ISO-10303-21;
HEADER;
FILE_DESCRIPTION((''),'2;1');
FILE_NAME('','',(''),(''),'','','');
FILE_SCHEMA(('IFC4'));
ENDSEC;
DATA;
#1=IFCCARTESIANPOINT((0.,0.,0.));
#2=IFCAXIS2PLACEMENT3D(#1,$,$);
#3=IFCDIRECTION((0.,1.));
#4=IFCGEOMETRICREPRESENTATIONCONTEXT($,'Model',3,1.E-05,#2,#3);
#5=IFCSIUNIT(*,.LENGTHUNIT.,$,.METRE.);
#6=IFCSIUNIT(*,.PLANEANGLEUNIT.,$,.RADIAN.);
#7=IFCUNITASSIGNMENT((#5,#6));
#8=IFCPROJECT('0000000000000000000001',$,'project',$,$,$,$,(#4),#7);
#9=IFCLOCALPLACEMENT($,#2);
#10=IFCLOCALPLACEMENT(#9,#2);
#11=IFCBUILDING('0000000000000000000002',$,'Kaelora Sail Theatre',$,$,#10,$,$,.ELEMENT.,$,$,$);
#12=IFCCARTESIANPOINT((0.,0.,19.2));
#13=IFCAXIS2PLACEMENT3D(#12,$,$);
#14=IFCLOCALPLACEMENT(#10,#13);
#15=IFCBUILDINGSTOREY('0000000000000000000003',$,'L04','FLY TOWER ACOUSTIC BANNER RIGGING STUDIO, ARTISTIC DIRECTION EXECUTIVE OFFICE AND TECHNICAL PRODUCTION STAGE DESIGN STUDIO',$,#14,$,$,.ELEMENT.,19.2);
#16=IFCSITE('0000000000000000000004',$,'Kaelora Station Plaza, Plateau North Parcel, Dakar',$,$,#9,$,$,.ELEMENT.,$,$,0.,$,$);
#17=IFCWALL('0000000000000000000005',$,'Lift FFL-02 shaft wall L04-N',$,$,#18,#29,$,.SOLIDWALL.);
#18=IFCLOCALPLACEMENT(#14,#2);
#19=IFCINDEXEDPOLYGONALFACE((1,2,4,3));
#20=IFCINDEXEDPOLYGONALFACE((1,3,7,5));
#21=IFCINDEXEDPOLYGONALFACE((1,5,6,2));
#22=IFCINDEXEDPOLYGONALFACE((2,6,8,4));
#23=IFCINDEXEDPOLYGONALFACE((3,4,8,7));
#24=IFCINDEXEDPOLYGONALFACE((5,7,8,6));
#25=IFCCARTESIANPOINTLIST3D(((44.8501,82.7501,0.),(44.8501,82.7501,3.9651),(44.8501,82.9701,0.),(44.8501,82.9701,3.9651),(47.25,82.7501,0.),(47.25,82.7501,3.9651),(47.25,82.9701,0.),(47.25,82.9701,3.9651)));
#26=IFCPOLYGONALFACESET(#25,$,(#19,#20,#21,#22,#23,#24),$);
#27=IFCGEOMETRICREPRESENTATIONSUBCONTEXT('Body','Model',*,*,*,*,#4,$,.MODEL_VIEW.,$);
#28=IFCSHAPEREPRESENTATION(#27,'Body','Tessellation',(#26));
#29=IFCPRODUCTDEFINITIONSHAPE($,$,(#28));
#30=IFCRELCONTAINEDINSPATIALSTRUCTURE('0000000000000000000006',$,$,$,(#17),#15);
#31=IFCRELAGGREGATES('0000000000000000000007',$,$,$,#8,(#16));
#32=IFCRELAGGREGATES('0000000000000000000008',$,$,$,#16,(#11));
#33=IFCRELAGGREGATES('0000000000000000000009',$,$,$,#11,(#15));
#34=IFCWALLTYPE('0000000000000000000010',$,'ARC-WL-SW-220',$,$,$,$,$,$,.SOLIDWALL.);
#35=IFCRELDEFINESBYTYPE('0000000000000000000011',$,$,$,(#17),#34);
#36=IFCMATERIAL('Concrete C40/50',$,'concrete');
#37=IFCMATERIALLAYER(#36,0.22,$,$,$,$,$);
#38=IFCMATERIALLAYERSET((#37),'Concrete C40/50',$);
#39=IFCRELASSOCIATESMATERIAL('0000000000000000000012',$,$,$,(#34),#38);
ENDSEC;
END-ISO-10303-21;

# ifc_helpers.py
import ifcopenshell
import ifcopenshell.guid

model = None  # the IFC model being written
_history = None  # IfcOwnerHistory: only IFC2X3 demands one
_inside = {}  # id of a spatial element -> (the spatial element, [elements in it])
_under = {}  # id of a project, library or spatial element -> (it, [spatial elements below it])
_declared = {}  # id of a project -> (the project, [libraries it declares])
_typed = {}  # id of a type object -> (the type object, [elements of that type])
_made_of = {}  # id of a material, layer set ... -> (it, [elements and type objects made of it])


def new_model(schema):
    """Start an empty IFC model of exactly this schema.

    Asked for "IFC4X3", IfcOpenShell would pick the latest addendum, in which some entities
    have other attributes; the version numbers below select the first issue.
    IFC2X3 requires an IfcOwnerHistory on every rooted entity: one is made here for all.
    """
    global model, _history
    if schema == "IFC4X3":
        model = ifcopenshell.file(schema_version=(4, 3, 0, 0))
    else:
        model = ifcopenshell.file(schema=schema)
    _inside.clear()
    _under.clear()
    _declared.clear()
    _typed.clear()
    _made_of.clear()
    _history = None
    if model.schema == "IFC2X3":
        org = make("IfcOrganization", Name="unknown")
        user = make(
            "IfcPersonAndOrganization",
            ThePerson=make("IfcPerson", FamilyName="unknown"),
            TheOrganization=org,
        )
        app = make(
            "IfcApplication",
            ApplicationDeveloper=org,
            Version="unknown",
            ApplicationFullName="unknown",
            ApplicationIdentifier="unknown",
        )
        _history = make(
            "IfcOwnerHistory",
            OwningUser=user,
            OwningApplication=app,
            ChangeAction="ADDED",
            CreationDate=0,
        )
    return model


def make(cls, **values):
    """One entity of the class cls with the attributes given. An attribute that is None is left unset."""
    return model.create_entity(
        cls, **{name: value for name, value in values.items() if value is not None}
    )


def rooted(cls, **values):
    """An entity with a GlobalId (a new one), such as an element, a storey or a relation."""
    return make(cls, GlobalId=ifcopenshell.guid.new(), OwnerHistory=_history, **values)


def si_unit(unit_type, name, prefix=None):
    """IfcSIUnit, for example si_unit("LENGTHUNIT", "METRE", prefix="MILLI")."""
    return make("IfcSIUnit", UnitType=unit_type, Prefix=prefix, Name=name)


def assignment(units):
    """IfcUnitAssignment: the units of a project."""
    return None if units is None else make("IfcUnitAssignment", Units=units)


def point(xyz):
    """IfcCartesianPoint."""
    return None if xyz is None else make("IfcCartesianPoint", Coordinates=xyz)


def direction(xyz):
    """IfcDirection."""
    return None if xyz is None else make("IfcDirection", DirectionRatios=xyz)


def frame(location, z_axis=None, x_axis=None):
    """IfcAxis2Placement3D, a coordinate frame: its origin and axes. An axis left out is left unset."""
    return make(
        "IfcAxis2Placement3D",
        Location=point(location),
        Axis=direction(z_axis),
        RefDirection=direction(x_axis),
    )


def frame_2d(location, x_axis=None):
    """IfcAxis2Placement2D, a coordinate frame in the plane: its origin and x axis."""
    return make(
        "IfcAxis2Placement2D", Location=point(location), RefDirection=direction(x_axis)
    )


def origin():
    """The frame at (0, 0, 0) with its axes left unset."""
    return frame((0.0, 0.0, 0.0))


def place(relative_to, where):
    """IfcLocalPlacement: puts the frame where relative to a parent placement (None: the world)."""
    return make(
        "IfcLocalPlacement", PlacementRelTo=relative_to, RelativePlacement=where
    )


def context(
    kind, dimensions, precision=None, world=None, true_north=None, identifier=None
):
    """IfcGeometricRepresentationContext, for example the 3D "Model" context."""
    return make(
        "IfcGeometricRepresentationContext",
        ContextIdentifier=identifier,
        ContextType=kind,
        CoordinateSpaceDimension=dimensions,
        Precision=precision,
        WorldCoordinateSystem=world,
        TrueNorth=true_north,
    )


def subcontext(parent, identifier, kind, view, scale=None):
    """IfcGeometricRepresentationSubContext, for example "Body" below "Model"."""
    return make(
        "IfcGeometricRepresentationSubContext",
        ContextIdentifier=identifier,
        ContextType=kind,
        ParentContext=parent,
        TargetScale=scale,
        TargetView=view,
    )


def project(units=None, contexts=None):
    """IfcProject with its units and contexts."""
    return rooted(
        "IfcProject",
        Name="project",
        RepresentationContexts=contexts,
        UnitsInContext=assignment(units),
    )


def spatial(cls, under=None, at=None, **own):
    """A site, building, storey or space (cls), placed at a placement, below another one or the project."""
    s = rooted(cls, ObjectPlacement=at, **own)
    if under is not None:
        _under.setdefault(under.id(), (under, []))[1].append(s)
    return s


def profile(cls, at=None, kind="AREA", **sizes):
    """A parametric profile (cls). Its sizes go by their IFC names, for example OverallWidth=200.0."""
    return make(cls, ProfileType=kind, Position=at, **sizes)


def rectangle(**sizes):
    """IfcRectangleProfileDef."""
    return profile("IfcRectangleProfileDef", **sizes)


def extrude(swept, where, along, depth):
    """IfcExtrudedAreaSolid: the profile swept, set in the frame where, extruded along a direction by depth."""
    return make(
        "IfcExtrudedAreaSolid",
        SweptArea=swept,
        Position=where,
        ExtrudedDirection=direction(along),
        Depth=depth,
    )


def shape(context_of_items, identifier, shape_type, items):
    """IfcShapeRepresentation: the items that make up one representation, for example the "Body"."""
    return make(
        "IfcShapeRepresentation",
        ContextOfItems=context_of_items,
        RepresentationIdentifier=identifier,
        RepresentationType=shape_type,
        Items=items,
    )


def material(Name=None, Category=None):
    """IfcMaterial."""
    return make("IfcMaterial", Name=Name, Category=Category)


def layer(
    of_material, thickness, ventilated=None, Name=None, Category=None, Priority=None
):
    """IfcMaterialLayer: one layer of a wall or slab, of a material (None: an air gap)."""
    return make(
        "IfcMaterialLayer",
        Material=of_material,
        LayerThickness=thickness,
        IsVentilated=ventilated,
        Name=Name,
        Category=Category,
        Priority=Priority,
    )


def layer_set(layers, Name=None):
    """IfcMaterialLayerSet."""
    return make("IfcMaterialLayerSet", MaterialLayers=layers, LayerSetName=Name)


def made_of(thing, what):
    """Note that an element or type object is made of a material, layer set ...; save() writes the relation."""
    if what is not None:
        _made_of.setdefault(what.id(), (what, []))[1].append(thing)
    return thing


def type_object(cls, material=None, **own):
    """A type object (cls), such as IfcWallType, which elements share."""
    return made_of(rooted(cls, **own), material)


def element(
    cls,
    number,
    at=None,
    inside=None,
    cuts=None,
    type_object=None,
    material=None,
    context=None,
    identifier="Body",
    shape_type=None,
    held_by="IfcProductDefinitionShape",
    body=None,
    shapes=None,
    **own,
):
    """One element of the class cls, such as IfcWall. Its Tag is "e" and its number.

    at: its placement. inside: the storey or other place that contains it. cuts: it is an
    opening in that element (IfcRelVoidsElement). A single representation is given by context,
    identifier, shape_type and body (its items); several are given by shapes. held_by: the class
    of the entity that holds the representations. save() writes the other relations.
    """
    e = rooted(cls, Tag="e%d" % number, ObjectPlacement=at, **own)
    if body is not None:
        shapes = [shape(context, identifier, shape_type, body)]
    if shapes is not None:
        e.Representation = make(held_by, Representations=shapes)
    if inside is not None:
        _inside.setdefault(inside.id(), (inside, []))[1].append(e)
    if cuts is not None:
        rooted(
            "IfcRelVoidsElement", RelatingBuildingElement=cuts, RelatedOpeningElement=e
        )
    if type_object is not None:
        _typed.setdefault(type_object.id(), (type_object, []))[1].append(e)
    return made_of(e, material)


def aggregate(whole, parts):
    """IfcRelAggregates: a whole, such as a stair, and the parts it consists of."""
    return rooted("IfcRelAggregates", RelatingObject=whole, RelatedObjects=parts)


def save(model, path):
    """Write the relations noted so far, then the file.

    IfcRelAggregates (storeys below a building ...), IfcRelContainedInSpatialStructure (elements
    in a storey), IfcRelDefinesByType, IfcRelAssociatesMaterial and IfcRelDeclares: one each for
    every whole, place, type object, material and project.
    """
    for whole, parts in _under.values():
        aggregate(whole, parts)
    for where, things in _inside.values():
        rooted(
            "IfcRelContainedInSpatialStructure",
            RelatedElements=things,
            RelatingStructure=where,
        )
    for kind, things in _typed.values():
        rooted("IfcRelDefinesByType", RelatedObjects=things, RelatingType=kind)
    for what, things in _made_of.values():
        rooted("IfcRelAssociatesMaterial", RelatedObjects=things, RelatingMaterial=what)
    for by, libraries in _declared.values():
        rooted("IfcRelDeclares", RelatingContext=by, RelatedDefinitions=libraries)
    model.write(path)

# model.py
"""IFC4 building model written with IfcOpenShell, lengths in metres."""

from ifc_helpers import new_model, si_unit, direction, frame, frame_2d, origin, place, context, subcontext, project, spatial, rectangle, extrude, material, layer, layer_set, type_object, element, save


model = new_model("IFC4")

# Units and contexts
model_context = context("Model", 3, precision=1e-05, world=origin(), true_north=direction((0.0, 1.0)))
body_context = subcontext(model_context, "Body", "Model", "MODEL_VIEW")
ifc_project = project(units=[si_unit("LENGTHUNIT", "METRE"), si_unit("PLANEANGLEUNIT", "RADIAN")], contexts=[model_context])

# Site, building, storey
site_placement = place(None, origin())
site = spatial("IfcSite", under=ifc_project, at=site_placement, Name="Kaelora Station Plaza, Plateau North Parcel, Dakar", CompositionType="ELEMENT", RefElevation=0.0)
building_placement = place(site_placement, origin())
building = spatial("IfcBuilding", under=site, at=building_placement, Name="Kaelora Sail Theatre", CompositionType="ELEMENT")
storey_placement = place(building_placement, frame((0.0, 0.0, 19.2)))
storey = spatial("IfcBuildingStorey", under=building, at=storey_placement, Name="L04", Description="FLY TOWER ACOUSTIC BANNER RIGGING STUDIO, ARTISTIC DIRECTION EXECUTIVE OFFICE AND TECHNICAL PRODUCTION STAGE DESIGN STUDIO", CompositionType="ELEMENT", Elevation=19.2)

# Wall
ifc_material_1 = material(Name="Concrete C40/50", Category="concrete")
ifc_layer_1 = layer(ifc_material_1, 0.22)
ifc_layer_set_1 = layer_set([ifc_layer_1], Name="Concrete C40/50")
wall_type_1 = type_object("IfcWallType", Name="ARC-WL-SW-220", PredefinedType="SOLIDWALL", material=ifc_layer_set_1)
wall_1_placement = place(storey_placement, frame((44.8501, 82.8601, 0.0), z_axis=(0.0, 0.0, 1.0), x_axis=(1.0, 0.0, 0.0)))
element("IfcWall", 1, at=wall_1_placement, inside=storey, type_object=wall_type_1, Name="Lift FFL-02 shaft wall L04-N", PredefinedType="SOLIDWALL", context=body_context, shape_type="SweptSolid", body=[
    extrude(rectangle(XDim=2.3999, YDim=0.22, at=frame_2d((1.2, 0.0))), origin(), (0.0, 0.0, 1.0), 3.9651),
])

save(model, "model.ifc")
